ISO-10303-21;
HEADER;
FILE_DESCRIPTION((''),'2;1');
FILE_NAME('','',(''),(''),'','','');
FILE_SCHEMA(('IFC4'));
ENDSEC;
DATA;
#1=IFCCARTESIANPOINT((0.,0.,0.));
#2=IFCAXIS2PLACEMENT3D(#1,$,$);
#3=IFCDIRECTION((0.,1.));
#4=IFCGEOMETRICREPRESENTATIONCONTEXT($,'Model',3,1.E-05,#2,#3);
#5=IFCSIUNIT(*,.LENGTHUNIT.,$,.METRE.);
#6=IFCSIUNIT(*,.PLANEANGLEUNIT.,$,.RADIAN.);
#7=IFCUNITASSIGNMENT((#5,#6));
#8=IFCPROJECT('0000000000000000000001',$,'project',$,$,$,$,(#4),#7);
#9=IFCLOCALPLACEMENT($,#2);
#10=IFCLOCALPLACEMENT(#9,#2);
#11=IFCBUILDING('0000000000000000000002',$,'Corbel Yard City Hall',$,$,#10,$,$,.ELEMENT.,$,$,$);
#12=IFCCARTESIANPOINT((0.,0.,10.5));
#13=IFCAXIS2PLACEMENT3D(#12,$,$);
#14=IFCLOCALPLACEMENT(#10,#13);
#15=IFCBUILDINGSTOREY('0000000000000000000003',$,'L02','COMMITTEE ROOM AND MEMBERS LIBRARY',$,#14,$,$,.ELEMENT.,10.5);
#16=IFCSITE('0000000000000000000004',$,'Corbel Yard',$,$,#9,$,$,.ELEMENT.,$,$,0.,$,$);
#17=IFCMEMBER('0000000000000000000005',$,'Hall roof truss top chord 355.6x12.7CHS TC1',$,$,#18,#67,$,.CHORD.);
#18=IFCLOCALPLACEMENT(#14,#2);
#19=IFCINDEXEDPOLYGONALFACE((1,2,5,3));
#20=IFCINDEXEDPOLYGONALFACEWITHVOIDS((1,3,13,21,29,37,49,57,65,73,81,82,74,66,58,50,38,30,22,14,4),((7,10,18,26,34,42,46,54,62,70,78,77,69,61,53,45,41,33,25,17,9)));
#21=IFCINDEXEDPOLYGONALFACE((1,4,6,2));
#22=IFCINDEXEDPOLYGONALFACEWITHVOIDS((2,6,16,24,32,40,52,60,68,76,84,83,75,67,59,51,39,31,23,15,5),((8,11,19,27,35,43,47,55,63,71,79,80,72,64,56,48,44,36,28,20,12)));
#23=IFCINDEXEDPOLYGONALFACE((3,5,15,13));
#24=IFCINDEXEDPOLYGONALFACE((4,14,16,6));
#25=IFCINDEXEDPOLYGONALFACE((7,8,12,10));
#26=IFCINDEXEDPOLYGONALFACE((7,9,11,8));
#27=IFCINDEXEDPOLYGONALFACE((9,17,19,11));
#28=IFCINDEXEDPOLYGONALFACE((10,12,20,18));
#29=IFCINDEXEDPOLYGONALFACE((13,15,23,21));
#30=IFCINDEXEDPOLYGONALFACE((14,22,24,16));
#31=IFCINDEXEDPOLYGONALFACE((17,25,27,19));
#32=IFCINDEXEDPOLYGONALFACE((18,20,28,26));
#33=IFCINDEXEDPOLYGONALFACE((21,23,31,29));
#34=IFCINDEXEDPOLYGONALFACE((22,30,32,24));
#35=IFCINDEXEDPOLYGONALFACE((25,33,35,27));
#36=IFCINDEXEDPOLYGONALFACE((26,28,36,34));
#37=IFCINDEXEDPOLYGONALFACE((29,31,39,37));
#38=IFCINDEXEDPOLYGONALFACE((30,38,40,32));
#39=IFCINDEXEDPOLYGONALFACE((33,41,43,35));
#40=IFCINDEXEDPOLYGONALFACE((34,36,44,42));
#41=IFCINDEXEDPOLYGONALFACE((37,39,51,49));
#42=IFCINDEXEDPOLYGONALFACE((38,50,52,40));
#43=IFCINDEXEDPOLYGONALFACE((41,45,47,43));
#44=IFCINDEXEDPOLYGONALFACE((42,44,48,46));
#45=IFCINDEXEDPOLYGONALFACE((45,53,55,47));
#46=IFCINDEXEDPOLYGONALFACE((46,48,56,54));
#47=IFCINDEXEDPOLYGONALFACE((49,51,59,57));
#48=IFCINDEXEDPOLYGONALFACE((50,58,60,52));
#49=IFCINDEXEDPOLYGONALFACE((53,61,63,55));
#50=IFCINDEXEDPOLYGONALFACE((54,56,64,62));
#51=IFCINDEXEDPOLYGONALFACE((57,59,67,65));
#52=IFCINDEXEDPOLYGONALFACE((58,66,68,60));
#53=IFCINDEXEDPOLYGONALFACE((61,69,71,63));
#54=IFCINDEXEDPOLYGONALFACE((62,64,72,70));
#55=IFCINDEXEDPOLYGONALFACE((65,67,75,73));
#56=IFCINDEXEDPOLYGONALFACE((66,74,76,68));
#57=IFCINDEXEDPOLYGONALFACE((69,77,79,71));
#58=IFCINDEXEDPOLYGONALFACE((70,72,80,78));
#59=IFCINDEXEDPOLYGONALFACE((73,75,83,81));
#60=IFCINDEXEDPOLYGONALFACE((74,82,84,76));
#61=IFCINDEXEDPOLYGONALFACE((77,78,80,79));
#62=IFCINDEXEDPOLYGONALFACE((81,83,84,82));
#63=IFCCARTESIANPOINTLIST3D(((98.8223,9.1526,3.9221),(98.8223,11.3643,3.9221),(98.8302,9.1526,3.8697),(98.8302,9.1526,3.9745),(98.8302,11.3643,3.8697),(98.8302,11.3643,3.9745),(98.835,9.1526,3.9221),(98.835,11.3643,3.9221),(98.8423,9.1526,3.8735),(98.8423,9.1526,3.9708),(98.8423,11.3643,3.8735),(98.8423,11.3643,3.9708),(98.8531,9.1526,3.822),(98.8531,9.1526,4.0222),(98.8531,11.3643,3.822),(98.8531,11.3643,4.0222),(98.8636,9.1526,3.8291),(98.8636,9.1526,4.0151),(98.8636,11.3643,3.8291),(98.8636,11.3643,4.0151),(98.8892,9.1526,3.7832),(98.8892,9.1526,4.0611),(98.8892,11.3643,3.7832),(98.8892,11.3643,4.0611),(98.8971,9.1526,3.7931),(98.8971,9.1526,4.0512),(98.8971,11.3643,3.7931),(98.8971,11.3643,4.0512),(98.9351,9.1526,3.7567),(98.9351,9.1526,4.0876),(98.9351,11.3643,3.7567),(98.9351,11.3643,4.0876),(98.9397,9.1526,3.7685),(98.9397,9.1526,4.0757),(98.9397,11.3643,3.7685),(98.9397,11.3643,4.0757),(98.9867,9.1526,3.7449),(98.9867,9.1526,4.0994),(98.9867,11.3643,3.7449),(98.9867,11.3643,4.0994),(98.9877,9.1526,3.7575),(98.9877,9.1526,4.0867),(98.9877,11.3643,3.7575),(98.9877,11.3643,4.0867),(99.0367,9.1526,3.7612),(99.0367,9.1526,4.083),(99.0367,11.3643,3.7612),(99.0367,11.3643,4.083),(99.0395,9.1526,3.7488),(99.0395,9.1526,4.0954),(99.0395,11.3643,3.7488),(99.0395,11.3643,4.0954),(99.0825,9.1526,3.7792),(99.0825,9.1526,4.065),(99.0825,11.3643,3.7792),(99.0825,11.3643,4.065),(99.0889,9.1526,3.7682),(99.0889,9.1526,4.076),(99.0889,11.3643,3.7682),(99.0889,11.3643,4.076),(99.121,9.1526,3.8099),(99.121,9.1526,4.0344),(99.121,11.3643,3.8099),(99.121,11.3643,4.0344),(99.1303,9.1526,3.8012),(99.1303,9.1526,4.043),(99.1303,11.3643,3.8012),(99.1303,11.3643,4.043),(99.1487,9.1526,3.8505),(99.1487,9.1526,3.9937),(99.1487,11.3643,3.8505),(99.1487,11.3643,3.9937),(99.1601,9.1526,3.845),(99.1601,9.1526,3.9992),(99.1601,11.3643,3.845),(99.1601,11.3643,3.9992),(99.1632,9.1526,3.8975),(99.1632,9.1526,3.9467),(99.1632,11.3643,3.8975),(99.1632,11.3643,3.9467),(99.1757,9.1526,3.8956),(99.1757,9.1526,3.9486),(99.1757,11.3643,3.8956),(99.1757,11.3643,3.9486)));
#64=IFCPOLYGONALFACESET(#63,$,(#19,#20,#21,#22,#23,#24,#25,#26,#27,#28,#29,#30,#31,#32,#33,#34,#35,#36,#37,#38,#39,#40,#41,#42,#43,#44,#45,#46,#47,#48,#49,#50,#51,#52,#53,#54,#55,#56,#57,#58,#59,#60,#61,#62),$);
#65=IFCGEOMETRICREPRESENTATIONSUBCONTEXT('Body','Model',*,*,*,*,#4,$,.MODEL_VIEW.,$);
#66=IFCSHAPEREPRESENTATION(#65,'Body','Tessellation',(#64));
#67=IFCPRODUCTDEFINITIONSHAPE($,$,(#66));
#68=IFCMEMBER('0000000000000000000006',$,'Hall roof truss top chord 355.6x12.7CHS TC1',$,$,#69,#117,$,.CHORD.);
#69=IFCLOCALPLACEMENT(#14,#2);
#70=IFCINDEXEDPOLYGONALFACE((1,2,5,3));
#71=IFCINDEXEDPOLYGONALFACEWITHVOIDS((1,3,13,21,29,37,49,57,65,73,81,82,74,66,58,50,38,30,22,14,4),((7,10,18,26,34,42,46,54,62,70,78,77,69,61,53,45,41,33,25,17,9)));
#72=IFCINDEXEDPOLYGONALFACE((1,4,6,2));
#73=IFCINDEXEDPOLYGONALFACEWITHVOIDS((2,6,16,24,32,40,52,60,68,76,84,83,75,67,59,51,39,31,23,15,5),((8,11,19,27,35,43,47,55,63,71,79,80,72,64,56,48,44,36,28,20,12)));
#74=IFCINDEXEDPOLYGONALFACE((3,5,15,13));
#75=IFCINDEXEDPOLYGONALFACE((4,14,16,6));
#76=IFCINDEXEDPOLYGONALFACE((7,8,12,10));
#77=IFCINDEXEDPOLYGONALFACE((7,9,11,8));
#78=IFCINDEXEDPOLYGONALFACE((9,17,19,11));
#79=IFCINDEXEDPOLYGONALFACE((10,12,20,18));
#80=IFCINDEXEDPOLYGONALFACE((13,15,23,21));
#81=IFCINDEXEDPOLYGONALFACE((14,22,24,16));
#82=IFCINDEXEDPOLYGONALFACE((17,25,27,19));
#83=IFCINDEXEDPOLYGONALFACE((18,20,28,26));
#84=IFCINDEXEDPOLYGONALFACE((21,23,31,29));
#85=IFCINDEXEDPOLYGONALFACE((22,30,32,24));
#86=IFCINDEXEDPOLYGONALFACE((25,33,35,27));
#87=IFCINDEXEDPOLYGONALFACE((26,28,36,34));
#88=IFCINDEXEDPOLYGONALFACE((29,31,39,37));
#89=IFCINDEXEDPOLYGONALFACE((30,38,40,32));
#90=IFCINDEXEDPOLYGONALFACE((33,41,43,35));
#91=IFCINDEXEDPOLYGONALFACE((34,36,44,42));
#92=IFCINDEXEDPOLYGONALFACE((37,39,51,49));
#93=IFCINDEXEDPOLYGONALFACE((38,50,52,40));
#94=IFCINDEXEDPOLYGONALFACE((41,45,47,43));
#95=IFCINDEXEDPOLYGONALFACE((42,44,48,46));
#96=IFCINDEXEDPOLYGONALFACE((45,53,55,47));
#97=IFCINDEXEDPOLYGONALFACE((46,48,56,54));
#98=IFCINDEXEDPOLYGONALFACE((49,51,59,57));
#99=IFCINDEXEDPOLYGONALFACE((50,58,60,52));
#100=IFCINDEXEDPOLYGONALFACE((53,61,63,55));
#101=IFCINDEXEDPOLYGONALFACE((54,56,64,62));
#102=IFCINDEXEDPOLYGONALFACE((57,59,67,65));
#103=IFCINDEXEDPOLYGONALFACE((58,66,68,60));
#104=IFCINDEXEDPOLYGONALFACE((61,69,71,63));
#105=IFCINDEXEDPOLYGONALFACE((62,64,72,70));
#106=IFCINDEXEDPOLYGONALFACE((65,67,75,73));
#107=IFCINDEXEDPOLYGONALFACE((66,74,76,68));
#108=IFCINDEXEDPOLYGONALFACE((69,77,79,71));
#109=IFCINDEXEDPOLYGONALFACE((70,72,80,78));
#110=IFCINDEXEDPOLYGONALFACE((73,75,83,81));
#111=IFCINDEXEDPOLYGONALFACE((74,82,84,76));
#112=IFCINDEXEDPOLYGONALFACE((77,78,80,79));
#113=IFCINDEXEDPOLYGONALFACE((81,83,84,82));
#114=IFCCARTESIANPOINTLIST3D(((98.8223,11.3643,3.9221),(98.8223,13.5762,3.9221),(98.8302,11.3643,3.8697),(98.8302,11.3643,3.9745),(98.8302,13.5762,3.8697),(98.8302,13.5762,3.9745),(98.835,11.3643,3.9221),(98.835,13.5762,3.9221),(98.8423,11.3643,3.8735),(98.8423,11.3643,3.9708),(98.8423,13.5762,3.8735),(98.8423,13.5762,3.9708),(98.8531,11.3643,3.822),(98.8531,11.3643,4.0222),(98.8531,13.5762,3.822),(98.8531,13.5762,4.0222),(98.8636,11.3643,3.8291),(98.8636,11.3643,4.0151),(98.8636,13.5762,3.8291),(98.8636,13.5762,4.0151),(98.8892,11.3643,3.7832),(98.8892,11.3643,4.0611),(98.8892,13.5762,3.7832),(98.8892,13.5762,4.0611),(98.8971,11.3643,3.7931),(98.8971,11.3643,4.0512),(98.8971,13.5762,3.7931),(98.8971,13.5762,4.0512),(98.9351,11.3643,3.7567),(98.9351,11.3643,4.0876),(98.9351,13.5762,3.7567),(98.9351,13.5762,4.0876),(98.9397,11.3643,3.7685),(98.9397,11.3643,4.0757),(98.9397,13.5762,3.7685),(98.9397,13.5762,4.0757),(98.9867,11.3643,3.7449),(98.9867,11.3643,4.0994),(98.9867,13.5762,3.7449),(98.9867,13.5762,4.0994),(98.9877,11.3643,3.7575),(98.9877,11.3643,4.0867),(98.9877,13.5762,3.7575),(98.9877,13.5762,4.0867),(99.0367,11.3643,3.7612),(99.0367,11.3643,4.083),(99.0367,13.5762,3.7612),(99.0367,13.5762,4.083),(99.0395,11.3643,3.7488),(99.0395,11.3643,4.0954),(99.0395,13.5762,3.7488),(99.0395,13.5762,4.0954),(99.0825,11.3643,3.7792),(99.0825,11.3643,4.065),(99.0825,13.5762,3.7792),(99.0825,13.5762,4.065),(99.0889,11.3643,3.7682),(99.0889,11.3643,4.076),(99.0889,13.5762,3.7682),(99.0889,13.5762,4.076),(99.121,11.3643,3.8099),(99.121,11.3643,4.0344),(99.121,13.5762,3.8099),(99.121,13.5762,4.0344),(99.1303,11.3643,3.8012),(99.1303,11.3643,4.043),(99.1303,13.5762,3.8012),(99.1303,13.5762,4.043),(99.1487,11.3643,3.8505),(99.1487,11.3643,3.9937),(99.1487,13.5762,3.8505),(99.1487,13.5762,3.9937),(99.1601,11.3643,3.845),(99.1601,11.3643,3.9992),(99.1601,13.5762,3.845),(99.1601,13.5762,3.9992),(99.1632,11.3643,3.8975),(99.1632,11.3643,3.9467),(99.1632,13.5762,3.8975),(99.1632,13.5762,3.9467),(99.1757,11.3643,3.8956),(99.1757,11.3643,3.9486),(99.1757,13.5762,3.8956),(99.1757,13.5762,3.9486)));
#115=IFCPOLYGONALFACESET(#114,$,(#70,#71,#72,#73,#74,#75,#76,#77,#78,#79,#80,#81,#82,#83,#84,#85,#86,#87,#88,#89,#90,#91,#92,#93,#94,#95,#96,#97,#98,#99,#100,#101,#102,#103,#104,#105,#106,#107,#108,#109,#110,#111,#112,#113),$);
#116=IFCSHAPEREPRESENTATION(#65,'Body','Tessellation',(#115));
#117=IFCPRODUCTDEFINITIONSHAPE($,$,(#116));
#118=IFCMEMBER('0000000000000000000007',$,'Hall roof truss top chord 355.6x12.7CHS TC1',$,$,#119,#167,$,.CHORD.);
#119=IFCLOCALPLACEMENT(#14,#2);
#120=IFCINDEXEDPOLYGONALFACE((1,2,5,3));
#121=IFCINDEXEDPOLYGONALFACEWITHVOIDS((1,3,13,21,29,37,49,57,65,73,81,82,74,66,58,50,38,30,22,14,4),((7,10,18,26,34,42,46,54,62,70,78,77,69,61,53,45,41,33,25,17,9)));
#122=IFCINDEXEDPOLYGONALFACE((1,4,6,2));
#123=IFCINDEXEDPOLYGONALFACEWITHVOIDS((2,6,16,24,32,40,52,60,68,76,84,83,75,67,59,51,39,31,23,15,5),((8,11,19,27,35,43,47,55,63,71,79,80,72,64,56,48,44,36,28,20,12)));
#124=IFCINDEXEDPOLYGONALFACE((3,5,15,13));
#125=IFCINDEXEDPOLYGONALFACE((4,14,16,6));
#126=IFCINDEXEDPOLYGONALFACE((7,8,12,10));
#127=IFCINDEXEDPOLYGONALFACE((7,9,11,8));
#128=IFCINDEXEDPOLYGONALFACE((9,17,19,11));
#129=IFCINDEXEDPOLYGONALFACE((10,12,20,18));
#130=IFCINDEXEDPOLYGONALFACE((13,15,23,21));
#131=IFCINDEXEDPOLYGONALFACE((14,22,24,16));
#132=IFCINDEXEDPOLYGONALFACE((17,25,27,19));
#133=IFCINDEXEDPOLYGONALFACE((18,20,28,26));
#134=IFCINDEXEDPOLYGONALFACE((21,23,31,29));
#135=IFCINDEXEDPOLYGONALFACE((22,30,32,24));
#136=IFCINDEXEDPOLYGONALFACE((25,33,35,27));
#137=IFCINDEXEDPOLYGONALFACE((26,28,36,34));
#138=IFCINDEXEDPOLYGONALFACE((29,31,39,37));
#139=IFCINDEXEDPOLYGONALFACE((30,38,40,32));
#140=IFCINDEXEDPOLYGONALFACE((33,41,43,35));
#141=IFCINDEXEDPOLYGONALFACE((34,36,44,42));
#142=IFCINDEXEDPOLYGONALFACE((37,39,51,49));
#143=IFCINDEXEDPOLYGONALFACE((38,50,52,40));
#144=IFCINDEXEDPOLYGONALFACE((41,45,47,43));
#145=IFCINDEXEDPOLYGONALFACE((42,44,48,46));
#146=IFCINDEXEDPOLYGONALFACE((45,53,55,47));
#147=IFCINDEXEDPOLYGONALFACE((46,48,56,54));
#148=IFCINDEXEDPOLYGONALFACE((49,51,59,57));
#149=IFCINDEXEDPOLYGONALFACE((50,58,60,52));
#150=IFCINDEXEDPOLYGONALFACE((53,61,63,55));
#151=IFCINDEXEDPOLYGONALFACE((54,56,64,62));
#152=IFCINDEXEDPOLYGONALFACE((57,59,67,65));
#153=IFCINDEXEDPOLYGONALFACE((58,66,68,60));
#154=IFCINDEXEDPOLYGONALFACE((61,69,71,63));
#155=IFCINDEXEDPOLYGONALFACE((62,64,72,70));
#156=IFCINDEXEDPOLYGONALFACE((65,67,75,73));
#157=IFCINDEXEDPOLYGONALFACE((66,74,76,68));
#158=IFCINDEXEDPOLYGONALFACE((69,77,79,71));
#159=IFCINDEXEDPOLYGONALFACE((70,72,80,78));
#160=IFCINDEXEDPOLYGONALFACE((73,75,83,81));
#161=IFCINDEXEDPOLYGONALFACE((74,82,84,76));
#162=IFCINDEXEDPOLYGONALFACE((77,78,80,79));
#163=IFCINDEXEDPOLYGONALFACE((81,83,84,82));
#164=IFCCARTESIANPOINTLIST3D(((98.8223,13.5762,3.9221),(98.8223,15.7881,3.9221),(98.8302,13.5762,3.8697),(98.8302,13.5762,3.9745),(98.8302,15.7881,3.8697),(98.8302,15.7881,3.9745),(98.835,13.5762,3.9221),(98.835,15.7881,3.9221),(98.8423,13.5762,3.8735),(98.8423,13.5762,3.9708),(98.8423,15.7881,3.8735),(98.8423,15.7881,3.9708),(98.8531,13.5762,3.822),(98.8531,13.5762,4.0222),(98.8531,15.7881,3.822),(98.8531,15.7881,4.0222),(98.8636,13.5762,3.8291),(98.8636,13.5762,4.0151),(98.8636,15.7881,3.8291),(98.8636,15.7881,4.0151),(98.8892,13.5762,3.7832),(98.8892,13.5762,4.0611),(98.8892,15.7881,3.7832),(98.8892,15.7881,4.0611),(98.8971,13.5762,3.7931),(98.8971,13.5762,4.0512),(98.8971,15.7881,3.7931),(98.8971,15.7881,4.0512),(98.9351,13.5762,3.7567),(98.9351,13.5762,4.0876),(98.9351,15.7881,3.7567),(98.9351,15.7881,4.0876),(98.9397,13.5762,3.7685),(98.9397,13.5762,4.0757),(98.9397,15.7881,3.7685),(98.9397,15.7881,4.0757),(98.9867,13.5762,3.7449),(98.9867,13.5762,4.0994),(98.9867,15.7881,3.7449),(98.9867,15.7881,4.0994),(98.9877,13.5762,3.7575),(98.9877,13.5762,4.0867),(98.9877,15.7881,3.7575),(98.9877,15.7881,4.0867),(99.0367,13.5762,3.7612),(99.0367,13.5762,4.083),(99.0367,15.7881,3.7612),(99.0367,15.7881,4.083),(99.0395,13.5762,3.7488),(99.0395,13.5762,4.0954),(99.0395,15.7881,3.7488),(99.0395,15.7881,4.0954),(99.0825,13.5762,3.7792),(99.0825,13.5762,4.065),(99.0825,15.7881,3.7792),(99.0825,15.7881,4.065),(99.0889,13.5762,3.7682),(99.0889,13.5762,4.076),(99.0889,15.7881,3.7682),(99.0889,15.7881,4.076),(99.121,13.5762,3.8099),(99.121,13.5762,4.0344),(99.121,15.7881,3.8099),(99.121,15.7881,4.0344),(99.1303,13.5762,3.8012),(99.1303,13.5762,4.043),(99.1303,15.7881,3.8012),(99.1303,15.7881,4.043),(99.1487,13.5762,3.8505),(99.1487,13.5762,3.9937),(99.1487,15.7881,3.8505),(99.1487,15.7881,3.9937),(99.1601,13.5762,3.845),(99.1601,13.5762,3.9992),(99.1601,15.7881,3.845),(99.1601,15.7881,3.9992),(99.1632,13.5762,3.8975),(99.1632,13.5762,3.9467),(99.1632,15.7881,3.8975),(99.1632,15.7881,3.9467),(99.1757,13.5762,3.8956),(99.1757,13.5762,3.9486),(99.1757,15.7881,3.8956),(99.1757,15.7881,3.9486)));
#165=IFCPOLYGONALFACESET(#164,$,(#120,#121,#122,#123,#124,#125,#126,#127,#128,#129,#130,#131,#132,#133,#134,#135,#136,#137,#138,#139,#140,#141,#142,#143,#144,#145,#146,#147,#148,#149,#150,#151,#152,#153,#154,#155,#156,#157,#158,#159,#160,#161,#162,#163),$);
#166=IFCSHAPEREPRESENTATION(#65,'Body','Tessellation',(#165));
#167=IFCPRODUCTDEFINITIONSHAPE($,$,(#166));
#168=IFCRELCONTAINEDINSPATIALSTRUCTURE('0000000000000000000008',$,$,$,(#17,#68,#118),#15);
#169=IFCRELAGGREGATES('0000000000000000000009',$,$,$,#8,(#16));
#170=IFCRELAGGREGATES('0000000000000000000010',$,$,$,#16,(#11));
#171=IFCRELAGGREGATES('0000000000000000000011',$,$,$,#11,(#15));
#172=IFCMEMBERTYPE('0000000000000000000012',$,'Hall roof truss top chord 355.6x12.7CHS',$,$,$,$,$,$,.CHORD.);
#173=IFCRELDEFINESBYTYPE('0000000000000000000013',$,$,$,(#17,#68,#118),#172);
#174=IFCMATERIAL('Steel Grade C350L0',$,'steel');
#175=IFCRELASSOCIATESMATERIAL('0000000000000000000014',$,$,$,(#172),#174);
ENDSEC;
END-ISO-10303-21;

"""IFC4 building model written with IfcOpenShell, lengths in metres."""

from ifc_helpers import new_model, si_unit, direction, frame, origin, origin_2d, place, context, subcontext, project, spatial, hollow_circle, extrude, material, material_profile, profile_set, type_object, element, save


model = new_model("IFC4")

# Units and contexts
model_context = context("Model", 3, precision=1e-05, world=origin(), true_north=direction((0.0, 1.0)))
body_context = subcontext(model_context, "Body", "Model", "MODEL_VIEW")
ifc_project = project(units=[si_unit("LENGTHUNIT", "METRE"), si_unit("PLANEANGLEUNIT", "RADIAN")], contexts=[model_context])

# Site, building, storey
site_placement = place(None, origin())
site = spatial("IfcSite", under=ifc_project, at=site_placement, Name="Corbel Yard", CompositionType="ELEMENT", RefElevation=0.0)
building_placement = place(site_placement, origin())
building = spatial("IfcBuilding", under=site, at=building_placement, Name="Corbel Yard City Hall", CompositionType="ELEMENT")
storey_placement = place(building_placement, frame((0.0, 0.0, 10.5)))
storey = spatial("IfcBuildingStorey", under=building, at=storey_placement, Name="L02", Description="COMMITTEE ROOM AND MEMBERS LIBRARY", CompositionType="ELEMENT", Elevation=10.5)

# Shared definitions
ifc_material_1 = material(Name="Steel Grade C350L0", Category="steel")

# Members
ifc_material_profile_1 = material_profile(ifc_material_1, hollow_circle(Radius=0.1777, WallThickness=0.0127, at=origin_2d()), Name="355.6x12.7CHS")
ifc_profile_set_1 = profile_set([ifc_material_profile_1], Name="Steel Grade C350L0")
member_type_1 = type_object("IfcMemberType", Name="Hall roof truss top chord 355.6x12.7CHS", PredefinedType="CHORD", material=ifc_profile_set_1)
member_1_placement = place(storey_placement, frame((99.0, 9.1526, 3.9221), z_axis=(0.0, 1.0, 0.0), x_axis=(-1.0, 0.0, 0.0)))
element("IfcMember", 1, at=member_1_placement, inside=storey, type_object=member_type_1, Name="Hall roof truss top chord 355.6x12.7CHS TC1", PredefinedType="CHORD", context=body_context, shape_type="SweptSolid", body=[
    extrude(hollow_circle(Radius=0.1777, WallThickness=0.0127, at=origin_2d()), origin(), (0.0, 0.0, 1.0), 2.2117),
])
for number, where, z_axis, x_axis, name in (
    (2, (99.0, 11.3643, 3.9221), (0.0, 1.0, 0.0), (-1.0, 0.0, 0.0), "Hall roof truss top chord 355.6x12.7CHS TC1"),
    (3, (99.0, 13.5762, 3.9221), (0.0, 1.0, 0.0), (-1.0, 0.0, 0.0), "Hall roof truss top chord 355.6x12.7CHS TC1"),
):
    element("IfcMember", number, at=place(storey_placement, frame(where, z_axis=z_axis, x_axis=x_axis)), inside=storey, type_object=member_type_1, Name=name, PredefinedType="CHORD", context=body_context, shape_type="SweptSolid", body=[
        extrude(hollow_circle(Radius=0.1777, WallThickness=0.0127, at=origin_2d()), origin(), (0.0, 0.0, 1.0), 2.2119),
    ])

save(model, "model.ifc")
